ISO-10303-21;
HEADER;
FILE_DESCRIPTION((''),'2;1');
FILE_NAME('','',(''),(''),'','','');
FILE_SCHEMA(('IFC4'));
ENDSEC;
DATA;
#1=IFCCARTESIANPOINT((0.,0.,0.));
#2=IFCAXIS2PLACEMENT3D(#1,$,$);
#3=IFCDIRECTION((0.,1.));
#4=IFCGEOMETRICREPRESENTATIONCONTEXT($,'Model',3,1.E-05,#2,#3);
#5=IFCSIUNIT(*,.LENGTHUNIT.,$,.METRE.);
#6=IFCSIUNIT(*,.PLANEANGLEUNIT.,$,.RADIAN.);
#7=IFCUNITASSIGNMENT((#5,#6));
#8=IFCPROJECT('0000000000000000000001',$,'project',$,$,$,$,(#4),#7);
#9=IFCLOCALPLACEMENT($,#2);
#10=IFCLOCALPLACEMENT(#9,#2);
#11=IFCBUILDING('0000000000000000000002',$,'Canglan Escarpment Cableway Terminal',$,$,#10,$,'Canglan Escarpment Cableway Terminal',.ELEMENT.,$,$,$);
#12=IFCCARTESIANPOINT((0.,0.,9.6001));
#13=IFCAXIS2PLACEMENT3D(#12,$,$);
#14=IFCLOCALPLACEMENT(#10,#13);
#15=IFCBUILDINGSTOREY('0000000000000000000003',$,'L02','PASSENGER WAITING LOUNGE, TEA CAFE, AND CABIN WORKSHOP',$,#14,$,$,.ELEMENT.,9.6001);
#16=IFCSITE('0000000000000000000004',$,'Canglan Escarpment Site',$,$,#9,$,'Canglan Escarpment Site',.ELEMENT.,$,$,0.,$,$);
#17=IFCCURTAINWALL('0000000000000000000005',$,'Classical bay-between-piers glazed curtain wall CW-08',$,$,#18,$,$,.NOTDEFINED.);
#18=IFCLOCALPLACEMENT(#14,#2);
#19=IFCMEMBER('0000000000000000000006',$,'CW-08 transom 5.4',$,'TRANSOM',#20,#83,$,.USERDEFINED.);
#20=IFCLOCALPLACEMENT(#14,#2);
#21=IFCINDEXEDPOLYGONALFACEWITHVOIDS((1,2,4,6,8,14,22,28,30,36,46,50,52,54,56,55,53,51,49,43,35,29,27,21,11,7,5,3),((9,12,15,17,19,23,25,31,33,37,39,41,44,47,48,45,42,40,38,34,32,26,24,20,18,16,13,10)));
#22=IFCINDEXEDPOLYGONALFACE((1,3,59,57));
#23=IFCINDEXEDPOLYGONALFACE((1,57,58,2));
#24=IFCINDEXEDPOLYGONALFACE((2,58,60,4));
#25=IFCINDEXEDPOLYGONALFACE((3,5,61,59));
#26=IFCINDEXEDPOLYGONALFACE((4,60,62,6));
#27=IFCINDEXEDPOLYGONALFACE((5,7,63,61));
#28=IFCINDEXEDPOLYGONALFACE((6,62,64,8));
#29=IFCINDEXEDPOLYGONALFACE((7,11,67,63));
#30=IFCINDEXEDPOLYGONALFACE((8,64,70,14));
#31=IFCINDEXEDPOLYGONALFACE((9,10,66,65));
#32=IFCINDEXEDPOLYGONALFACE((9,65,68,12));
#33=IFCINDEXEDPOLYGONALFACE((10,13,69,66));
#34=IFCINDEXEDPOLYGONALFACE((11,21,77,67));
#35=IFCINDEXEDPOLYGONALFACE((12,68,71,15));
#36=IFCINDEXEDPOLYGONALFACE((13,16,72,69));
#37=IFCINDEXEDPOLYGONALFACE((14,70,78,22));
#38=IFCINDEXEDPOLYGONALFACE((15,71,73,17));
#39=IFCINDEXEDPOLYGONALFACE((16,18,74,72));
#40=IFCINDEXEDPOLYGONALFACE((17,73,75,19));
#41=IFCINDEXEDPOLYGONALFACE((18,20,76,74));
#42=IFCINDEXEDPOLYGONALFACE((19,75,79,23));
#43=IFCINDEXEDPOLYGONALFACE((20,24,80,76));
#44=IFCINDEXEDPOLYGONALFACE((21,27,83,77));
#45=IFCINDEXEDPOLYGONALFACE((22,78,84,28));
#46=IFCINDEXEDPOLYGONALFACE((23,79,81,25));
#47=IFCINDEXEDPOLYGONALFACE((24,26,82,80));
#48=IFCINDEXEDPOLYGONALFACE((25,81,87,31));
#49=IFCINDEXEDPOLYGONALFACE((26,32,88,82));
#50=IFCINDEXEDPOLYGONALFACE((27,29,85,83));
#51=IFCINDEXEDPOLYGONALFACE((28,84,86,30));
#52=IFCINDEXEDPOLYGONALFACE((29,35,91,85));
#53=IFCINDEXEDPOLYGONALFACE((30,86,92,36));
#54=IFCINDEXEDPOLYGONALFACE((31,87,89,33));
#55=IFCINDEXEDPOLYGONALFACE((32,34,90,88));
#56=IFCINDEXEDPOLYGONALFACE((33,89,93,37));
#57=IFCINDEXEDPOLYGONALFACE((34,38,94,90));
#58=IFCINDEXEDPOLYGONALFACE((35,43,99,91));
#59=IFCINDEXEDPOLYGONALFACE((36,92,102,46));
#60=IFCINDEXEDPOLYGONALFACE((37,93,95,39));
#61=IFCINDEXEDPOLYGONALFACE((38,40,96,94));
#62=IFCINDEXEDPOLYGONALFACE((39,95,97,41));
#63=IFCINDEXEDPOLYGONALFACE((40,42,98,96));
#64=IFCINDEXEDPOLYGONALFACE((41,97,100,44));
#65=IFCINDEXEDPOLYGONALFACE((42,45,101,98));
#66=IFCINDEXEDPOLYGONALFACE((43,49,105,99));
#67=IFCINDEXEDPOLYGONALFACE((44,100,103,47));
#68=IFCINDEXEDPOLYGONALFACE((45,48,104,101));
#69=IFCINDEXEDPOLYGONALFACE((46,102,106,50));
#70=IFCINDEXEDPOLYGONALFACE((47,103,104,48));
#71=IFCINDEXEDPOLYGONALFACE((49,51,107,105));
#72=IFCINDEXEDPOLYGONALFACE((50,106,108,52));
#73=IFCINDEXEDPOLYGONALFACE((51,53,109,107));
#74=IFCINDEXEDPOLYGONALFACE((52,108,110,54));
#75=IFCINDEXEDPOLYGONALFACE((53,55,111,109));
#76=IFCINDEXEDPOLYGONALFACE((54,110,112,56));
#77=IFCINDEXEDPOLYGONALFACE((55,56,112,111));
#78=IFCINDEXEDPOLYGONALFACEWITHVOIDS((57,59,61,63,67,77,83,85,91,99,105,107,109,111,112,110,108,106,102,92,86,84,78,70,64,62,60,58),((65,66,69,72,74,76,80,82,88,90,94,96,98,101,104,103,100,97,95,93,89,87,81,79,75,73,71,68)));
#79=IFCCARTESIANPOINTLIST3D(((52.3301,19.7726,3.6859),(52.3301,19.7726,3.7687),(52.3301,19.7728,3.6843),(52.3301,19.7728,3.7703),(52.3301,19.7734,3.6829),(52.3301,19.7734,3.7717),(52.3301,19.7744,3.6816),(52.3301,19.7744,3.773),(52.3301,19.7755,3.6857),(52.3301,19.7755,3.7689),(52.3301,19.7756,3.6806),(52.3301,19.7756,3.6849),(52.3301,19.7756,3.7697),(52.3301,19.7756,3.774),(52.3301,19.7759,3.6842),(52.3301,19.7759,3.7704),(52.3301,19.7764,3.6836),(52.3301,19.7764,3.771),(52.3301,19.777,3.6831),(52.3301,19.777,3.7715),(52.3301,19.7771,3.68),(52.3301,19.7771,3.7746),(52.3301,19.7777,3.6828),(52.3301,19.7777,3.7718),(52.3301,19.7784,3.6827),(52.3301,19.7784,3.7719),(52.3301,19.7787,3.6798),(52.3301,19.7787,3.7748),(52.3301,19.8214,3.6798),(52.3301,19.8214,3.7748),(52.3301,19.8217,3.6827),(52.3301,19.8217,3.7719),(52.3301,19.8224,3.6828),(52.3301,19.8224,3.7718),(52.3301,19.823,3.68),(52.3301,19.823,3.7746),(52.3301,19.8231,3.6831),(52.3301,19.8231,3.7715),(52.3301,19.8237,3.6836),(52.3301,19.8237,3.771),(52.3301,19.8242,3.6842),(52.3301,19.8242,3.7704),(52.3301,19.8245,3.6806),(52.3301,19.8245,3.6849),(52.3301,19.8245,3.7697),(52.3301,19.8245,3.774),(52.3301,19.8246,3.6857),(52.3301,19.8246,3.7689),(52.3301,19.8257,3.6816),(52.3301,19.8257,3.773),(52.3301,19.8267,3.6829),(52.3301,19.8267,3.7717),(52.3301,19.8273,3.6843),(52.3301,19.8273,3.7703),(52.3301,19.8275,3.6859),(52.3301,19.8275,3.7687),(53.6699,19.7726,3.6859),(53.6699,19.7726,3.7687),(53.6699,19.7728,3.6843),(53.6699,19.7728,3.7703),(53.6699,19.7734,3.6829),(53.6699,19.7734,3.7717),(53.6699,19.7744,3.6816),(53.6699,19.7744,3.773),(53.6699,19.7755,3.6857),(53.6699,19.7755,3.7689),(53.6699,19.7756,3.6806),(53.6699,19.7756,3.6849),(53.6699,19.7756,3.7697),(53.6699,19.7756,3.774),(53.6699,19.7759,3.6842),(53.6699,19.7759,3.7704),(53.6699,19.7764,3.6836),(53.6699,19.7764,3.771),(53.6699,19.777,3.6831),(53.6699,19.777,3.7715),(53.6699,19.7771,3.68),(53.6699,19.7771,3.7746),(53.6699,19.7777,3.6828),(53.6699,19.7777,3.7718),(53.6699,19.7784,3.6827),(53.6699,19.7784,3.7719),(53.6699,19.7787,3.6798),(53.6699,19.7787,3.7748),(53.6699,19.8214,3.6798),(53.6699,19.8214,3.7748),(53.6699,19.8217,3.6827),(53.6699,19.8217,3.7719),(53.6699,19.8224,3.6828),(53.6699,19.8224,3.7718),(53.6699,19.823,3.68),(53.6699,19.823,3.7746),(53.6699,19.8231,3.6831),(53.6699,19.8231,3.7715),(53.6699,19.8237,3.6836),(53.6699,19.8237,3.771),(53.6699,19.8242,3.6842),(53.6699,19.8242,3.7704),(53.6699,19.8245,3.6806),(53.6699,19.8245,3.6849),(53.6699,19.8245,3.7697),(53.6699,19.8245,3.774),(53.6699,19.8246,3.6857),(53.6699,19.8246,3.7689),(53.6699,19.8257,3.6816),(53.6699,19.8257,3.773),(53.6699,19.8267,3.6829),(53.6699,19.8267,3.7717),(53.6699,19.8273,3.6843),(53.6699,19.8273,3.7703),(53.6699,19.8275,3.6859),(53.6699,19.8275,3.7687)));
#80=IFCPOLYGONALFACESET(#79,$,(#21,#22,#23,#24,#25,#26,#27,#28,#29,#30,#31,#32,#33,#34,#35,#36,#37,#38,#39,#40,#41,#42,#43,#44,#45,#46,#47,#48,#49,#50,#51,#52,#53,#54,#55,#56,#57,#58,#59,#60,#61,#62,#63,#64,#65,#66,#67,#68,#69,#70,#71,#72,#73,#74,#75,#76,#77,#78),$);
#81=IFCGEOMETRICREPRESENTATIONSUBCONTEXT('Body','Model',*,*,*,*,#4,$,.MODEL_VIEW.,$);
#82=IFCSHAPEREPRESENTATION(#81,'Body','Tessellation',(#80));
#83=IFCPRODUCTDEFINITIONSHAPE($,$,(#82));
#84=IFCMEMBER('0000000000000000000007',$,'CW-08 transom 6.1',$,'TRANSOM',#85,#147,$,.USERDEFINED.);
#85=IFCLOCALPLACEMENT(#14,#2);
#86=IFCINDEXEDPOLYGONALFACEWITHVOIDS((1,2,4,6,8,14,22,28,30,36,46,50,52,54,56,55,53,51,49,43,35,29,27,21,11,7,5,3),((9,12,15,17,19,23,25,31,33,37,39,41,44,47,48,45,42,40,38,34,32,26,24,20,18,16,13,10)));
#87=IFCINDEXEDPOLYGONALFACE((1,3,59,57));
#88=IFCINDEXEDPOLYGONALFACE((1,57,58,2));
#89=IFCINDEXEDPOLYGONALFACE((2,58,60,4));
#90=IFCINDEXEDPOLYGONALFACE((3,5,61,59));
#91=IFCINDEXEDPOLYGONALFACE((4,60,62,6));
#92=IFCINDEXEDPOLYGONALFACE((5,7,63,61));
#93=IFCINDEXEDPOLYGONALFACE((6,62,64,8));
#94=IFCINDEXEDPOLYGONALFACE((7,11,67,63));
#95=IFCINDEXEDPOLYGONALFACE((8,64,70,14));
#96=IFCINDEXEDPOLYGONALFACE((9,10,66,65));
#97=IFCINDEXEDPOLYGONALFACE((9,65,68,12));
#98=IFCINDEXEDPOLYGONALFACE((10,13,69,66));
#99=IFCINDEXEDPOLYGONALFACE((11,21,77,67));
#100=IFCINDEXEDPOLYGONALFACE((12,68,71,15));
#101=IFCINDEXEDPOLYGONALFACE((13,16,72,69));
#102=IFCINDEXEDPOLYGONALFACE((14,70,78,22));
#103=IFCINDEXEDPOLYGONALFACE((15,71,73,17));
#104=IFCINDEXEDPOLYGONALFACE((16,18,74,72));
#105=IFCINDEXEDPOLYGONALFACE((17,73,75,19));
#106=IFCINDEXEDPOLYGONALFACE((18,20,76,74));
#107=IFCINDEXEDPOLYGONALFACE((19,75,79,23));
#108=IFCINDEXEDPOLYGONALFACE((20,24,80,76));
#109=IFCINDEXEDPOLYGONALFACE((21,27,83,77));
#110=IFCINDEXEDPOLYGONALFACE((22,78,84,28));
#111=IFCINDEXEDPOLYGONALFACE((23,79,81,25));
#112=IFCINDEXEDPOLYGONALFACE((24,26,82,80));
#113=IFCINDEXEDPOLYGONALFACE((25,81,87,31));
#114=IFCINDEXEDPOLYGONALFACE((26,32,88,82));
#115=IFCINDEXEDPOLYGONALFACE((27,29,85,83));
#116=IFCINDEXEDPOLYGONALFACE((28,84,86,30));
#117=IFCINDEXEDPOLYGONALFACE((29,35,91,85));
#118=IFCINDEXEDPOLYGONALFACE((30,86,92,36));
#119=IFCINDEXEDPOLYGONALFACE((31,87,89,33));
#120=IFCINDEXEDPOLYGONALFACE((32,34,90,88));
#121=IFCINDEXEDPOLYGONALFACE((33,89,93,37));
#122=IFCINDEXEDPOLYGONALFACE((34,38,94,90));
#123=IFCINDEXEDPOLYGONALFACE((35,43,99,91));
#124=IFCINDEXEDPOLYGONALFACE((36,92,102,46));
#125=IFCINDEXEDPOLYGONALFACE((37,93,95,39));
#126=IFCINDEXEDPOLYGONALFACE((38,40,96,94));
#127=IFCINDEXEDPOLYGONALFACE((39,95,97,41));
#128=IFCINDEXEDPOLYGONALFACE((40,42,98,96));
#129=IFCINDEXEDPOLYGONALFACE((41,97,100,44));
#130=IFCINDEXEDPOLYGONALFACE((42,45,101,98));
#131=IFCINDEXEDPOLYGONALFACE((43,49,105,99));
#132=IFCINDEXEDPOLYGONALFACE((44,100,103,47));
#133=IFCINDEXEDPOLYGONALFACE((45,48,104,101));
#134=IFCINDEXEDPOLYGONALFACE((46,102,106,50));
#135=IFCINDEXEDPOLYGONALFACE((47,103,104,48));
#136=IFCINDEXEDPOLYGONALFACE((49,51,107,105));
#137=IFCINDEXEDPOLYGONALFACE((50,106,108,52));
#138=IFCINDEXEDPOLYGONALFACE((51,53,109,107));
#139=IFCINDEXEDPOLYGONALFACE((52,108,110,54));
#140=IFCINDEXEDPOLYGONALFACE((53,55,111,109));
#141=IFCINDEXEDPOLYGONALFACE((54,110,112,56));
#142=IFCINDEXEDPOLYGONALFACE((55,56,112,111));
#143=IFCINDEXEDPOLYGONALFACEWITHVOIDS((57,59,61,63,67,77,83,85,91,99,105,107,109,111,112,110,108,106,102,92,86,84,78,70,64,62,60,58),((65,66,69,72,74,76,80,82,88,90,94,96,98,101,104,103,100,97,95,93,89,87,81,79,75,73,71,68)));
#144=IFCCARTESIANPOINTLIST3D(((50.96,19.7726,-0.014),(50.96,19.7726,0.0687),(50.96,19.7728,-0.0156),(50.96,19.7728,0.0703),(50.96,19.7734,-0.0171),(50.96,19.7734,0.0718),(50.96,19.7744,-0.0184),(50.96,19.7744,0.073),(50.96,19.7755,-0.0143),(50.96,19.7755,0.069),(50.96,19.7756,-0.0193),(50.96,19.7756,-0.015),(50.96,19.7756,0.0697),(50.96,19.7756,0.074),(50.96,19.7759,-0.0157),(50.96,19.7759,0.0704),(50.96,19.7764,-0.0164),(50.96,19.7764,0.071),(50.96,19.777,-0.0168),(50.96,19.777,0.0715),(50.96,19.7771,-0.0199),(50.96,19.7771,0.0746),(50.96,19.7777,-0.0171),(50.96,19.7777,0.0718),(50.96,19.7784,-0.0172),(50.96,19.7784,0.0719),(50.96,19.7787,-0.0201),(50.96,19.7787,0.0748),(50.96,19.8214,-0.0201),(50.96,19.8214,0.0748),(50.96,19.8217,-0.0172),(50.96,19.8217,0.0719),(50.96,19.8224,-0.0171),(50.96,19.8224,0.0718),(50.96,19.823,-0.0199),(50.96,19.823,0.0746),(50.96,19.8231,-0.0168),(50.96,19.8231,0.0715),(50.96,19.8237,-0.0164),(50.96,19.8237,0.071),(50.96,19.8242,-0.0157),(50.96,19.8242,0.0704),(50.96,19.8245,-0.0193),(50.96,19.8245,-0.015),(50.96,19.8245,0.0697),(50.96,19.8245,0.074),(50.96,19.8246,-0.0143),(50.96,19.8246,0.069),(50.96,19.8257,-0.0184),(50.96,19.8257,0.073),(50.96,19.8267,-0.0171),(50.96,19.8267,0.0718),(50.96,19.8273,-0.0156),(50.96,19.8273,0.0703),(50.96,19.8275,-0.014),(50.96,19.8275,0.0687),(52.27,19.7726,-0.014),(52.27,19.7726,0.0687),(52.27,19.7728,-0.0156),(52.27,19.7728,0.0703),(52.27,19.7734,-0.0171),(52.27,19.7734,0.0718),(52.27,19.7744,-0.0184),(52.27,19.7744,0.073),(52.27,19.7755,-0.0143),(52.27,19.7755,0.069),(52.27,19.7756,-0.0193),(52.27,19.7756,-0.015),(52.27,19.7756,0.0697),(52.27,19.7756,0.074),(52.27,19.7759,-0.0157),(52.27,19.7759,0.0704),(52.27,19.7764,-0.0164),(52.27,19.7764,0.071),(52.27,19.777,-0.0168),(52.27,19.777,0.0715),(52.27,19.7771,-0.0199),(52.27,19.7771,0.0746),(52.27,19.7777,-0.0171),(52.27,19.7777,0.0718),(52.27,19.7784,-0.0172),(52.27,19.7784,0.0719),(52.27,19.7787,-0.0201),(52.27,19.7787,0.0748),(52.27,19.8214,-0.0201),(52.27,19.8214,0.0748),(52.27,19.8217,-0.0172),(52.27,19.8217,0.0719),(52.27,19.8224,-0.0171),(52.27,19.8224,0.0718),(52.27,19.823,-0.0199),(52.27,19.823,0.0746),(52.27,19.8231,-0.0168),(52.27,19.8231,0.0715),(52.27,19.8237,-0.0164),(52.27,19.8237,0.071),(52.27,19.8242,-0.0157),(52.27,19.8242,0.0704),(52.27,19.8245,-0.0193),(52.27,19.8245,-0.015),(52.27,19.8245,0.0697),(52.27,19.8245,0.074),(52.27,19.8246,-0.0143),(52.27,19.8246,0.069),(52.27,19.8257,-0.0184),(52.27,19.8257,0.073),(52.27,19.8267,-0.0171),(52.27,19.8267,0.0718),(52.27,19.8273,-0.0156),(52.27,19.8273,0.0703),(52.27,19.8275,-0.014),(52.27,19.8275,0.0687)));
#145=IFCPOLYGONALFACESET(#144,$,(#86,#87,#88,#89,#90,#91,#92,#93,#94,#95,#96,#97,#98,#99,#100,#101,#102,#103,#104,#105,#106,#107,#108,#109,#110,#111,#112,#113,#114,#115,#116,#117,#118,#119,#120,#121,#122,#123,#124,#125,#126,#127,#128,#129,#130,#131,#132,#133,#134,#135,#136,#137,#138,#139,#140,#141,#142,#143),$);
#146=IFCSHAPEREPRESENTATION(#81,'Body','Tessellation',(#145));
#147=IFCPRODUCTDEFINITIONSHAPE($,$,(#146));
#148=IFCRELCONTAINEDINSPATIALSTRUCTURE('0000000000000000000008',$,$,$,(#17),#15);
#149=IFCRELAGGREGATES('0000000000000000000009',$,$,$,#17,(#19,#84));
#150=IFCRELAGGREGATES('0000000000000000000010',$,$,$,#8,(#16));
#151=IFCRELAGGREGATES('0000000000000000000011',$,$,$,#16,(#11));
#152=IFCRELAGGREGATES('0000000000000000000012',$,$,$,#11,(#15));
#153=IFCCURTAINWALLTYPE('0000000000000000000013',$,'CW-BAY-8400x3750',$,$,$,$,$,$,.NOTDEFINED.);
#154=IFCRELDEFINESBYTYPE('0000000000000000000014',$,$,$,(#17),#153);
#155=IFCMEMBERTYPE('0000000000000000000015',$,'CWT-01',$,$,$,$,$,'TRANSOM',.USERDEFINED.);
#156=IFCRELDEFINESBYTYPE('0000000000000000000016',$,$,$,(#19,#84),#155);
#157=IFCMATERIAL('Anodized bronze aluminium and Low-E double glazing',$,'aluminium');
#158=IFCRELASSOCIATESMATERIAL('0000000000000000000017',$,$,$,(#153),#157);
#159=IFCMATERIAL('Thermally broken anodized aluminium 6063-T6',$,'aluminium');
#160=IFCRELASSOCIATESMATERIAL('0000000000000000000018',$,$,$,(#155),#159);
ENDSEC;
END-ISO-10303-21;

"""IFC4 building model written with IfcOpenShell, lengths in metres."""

from ifc_helpers import new_model, si_unit, direction, frame, origin, origin_2d, place, context, subcontext, project, spatial, hollow_rectangle, extrude, material, material_profile, profile_set, type_object, element, aggregate, save


model = new_model("IFC4")

# Units and contexts
model_context = context("Model", 3, precision=1e-05, world=origin(), true_north=direction((0.0, 1.0)))
body_context = subcontext(model_context, "Body", "Model", "MODEL_VIEW")
ifc_project = project(units=[si_unit("LENGTHUNIT", "METRE"), si_unit("PLANEANGLEUNIT", "RADIAN")], contexts=[model_context])

# Site, building, storey
site_placement = place(None, origin())
site = spatial("IfcSite", under=ifc_project, at=site_placement, Name="Canglan Escarpment Site", LongName="Canglan Escarpment Site", CompositionType="ELEMENT", RefElevation=0.0)
building_placement = place(site_placement, origin())
building = spatial("IfcBuilding", under=site, at=building_placement, Name="Canglan Escarpment Cableway Terminal", LongName="Canglan Escarpment Cableway Terminal", CompositionType="ELEMENT")
storey_placement = place(building_placement, frame((0.0, 0.0, 9.6001)))
storey = spatial("IfcBuildingStorey", under=building, at=storey_placement, Name="L02", Description="PASSENGER WAITING LOUNGE, TEA CAFE, AND CABIN WORKSHOP", CompositionType="ELEMENT", Elevation=9.6001)

# Curtain wall, members
ifc_material_1 = material(Name="Anodized bronze aluminium and Low-E double glazing", Category="aluminium")
curtain_wall_type = type_object("IfcCurtainWallType", Name="CW-BAY-8400x3750", PredefinedType="NOTDEFINED", material=ifc_material_1)
curtain_wall_placement = place(storey_placement, origin())
curtain_wall = element("IfcCurtainWall", 1, at=curtain_wall_placement, inside=storey, type_object=curtain_wall_type, Name="Classical bay-between-piers glazed curtain wall CW-08", PredefinedType="NOTDEFINED")
ifc_material_2 = material(Name="Thermally broken anodized aluminium 6063-T6", Category="aluminium")
ifc_material_profile_1 = material_profile(ifc_material_2, hollow_rectangle(XDim=0.0549, YDim=0.095, WallThickness=0.0029, InnerFilletRadius=0.0029, OuterFilletRadius=0.0061, at=origin_2d()), Name="ALU-TRAN 55x95x3")
ifc_profile_set_1 = profile_set([ifc_material_profile_1], Name="Thermally broken anodized aluminium 6063-T6")
member_type_1 = type_object("IfcMemberType", Name="CWT-01", ElementType="TRANSOM", PredefinedType="USERDEFINED", material=ifc_profile_set_1)
member_1_placement = place(storey_placement, frame((53.6699, 19.8, 3.7273), z_axis=(-1.0, 0.0, 0.0), x_axis=(0.0, -1.0, 0.0)))
member_1 = element("IfcMember", 2, at=member_1_placement, type_object=member_type_1, Name="CW-08 transom 5.4", ObjectType="TRANSOM", PredefinedType="USERDEFINED", context=body_context, shape_type="SweptSolid", body=[
    extrude(hollow_rectangle(XDim=0.0549, YDim=0.095, WallThickness=0.0029, InnerFilletRadius=0.0029, OuterFilletRadius=0.0061, at=origin_2d()), origin(), (0.0, 0.0, 1.0), 1.3398),
])
member_2_placement = place(storey_placement, frame((52.27, 19.8, 0.0273), z_axis=(-1.0, 0.0, 0.0), x_axis=(0.0, -1.0, 0.0)))
member_2 = element("IfcMember", 3, at=member_2_placement, type_object=member_type_1, Name="CW-08 transom 6.1", ObjectType="TRANSOM", PredefinedType="USERDEFINED", context=body_context, shape_type="SweptSolid", body=[
    extrude(hollow_rectangle(XDim=0.0549, YDim=0.095, WallThickness=0.0029, InnerFilletRadius=0.0029, OuterFilletRadius=0.0061, at=origin_2d()), origin(), (0.0, 0.0, 1.0), 1.3101),
])

aggregate(curtain_wall, [member_1, member_2])

save(model, "model.ifc")
